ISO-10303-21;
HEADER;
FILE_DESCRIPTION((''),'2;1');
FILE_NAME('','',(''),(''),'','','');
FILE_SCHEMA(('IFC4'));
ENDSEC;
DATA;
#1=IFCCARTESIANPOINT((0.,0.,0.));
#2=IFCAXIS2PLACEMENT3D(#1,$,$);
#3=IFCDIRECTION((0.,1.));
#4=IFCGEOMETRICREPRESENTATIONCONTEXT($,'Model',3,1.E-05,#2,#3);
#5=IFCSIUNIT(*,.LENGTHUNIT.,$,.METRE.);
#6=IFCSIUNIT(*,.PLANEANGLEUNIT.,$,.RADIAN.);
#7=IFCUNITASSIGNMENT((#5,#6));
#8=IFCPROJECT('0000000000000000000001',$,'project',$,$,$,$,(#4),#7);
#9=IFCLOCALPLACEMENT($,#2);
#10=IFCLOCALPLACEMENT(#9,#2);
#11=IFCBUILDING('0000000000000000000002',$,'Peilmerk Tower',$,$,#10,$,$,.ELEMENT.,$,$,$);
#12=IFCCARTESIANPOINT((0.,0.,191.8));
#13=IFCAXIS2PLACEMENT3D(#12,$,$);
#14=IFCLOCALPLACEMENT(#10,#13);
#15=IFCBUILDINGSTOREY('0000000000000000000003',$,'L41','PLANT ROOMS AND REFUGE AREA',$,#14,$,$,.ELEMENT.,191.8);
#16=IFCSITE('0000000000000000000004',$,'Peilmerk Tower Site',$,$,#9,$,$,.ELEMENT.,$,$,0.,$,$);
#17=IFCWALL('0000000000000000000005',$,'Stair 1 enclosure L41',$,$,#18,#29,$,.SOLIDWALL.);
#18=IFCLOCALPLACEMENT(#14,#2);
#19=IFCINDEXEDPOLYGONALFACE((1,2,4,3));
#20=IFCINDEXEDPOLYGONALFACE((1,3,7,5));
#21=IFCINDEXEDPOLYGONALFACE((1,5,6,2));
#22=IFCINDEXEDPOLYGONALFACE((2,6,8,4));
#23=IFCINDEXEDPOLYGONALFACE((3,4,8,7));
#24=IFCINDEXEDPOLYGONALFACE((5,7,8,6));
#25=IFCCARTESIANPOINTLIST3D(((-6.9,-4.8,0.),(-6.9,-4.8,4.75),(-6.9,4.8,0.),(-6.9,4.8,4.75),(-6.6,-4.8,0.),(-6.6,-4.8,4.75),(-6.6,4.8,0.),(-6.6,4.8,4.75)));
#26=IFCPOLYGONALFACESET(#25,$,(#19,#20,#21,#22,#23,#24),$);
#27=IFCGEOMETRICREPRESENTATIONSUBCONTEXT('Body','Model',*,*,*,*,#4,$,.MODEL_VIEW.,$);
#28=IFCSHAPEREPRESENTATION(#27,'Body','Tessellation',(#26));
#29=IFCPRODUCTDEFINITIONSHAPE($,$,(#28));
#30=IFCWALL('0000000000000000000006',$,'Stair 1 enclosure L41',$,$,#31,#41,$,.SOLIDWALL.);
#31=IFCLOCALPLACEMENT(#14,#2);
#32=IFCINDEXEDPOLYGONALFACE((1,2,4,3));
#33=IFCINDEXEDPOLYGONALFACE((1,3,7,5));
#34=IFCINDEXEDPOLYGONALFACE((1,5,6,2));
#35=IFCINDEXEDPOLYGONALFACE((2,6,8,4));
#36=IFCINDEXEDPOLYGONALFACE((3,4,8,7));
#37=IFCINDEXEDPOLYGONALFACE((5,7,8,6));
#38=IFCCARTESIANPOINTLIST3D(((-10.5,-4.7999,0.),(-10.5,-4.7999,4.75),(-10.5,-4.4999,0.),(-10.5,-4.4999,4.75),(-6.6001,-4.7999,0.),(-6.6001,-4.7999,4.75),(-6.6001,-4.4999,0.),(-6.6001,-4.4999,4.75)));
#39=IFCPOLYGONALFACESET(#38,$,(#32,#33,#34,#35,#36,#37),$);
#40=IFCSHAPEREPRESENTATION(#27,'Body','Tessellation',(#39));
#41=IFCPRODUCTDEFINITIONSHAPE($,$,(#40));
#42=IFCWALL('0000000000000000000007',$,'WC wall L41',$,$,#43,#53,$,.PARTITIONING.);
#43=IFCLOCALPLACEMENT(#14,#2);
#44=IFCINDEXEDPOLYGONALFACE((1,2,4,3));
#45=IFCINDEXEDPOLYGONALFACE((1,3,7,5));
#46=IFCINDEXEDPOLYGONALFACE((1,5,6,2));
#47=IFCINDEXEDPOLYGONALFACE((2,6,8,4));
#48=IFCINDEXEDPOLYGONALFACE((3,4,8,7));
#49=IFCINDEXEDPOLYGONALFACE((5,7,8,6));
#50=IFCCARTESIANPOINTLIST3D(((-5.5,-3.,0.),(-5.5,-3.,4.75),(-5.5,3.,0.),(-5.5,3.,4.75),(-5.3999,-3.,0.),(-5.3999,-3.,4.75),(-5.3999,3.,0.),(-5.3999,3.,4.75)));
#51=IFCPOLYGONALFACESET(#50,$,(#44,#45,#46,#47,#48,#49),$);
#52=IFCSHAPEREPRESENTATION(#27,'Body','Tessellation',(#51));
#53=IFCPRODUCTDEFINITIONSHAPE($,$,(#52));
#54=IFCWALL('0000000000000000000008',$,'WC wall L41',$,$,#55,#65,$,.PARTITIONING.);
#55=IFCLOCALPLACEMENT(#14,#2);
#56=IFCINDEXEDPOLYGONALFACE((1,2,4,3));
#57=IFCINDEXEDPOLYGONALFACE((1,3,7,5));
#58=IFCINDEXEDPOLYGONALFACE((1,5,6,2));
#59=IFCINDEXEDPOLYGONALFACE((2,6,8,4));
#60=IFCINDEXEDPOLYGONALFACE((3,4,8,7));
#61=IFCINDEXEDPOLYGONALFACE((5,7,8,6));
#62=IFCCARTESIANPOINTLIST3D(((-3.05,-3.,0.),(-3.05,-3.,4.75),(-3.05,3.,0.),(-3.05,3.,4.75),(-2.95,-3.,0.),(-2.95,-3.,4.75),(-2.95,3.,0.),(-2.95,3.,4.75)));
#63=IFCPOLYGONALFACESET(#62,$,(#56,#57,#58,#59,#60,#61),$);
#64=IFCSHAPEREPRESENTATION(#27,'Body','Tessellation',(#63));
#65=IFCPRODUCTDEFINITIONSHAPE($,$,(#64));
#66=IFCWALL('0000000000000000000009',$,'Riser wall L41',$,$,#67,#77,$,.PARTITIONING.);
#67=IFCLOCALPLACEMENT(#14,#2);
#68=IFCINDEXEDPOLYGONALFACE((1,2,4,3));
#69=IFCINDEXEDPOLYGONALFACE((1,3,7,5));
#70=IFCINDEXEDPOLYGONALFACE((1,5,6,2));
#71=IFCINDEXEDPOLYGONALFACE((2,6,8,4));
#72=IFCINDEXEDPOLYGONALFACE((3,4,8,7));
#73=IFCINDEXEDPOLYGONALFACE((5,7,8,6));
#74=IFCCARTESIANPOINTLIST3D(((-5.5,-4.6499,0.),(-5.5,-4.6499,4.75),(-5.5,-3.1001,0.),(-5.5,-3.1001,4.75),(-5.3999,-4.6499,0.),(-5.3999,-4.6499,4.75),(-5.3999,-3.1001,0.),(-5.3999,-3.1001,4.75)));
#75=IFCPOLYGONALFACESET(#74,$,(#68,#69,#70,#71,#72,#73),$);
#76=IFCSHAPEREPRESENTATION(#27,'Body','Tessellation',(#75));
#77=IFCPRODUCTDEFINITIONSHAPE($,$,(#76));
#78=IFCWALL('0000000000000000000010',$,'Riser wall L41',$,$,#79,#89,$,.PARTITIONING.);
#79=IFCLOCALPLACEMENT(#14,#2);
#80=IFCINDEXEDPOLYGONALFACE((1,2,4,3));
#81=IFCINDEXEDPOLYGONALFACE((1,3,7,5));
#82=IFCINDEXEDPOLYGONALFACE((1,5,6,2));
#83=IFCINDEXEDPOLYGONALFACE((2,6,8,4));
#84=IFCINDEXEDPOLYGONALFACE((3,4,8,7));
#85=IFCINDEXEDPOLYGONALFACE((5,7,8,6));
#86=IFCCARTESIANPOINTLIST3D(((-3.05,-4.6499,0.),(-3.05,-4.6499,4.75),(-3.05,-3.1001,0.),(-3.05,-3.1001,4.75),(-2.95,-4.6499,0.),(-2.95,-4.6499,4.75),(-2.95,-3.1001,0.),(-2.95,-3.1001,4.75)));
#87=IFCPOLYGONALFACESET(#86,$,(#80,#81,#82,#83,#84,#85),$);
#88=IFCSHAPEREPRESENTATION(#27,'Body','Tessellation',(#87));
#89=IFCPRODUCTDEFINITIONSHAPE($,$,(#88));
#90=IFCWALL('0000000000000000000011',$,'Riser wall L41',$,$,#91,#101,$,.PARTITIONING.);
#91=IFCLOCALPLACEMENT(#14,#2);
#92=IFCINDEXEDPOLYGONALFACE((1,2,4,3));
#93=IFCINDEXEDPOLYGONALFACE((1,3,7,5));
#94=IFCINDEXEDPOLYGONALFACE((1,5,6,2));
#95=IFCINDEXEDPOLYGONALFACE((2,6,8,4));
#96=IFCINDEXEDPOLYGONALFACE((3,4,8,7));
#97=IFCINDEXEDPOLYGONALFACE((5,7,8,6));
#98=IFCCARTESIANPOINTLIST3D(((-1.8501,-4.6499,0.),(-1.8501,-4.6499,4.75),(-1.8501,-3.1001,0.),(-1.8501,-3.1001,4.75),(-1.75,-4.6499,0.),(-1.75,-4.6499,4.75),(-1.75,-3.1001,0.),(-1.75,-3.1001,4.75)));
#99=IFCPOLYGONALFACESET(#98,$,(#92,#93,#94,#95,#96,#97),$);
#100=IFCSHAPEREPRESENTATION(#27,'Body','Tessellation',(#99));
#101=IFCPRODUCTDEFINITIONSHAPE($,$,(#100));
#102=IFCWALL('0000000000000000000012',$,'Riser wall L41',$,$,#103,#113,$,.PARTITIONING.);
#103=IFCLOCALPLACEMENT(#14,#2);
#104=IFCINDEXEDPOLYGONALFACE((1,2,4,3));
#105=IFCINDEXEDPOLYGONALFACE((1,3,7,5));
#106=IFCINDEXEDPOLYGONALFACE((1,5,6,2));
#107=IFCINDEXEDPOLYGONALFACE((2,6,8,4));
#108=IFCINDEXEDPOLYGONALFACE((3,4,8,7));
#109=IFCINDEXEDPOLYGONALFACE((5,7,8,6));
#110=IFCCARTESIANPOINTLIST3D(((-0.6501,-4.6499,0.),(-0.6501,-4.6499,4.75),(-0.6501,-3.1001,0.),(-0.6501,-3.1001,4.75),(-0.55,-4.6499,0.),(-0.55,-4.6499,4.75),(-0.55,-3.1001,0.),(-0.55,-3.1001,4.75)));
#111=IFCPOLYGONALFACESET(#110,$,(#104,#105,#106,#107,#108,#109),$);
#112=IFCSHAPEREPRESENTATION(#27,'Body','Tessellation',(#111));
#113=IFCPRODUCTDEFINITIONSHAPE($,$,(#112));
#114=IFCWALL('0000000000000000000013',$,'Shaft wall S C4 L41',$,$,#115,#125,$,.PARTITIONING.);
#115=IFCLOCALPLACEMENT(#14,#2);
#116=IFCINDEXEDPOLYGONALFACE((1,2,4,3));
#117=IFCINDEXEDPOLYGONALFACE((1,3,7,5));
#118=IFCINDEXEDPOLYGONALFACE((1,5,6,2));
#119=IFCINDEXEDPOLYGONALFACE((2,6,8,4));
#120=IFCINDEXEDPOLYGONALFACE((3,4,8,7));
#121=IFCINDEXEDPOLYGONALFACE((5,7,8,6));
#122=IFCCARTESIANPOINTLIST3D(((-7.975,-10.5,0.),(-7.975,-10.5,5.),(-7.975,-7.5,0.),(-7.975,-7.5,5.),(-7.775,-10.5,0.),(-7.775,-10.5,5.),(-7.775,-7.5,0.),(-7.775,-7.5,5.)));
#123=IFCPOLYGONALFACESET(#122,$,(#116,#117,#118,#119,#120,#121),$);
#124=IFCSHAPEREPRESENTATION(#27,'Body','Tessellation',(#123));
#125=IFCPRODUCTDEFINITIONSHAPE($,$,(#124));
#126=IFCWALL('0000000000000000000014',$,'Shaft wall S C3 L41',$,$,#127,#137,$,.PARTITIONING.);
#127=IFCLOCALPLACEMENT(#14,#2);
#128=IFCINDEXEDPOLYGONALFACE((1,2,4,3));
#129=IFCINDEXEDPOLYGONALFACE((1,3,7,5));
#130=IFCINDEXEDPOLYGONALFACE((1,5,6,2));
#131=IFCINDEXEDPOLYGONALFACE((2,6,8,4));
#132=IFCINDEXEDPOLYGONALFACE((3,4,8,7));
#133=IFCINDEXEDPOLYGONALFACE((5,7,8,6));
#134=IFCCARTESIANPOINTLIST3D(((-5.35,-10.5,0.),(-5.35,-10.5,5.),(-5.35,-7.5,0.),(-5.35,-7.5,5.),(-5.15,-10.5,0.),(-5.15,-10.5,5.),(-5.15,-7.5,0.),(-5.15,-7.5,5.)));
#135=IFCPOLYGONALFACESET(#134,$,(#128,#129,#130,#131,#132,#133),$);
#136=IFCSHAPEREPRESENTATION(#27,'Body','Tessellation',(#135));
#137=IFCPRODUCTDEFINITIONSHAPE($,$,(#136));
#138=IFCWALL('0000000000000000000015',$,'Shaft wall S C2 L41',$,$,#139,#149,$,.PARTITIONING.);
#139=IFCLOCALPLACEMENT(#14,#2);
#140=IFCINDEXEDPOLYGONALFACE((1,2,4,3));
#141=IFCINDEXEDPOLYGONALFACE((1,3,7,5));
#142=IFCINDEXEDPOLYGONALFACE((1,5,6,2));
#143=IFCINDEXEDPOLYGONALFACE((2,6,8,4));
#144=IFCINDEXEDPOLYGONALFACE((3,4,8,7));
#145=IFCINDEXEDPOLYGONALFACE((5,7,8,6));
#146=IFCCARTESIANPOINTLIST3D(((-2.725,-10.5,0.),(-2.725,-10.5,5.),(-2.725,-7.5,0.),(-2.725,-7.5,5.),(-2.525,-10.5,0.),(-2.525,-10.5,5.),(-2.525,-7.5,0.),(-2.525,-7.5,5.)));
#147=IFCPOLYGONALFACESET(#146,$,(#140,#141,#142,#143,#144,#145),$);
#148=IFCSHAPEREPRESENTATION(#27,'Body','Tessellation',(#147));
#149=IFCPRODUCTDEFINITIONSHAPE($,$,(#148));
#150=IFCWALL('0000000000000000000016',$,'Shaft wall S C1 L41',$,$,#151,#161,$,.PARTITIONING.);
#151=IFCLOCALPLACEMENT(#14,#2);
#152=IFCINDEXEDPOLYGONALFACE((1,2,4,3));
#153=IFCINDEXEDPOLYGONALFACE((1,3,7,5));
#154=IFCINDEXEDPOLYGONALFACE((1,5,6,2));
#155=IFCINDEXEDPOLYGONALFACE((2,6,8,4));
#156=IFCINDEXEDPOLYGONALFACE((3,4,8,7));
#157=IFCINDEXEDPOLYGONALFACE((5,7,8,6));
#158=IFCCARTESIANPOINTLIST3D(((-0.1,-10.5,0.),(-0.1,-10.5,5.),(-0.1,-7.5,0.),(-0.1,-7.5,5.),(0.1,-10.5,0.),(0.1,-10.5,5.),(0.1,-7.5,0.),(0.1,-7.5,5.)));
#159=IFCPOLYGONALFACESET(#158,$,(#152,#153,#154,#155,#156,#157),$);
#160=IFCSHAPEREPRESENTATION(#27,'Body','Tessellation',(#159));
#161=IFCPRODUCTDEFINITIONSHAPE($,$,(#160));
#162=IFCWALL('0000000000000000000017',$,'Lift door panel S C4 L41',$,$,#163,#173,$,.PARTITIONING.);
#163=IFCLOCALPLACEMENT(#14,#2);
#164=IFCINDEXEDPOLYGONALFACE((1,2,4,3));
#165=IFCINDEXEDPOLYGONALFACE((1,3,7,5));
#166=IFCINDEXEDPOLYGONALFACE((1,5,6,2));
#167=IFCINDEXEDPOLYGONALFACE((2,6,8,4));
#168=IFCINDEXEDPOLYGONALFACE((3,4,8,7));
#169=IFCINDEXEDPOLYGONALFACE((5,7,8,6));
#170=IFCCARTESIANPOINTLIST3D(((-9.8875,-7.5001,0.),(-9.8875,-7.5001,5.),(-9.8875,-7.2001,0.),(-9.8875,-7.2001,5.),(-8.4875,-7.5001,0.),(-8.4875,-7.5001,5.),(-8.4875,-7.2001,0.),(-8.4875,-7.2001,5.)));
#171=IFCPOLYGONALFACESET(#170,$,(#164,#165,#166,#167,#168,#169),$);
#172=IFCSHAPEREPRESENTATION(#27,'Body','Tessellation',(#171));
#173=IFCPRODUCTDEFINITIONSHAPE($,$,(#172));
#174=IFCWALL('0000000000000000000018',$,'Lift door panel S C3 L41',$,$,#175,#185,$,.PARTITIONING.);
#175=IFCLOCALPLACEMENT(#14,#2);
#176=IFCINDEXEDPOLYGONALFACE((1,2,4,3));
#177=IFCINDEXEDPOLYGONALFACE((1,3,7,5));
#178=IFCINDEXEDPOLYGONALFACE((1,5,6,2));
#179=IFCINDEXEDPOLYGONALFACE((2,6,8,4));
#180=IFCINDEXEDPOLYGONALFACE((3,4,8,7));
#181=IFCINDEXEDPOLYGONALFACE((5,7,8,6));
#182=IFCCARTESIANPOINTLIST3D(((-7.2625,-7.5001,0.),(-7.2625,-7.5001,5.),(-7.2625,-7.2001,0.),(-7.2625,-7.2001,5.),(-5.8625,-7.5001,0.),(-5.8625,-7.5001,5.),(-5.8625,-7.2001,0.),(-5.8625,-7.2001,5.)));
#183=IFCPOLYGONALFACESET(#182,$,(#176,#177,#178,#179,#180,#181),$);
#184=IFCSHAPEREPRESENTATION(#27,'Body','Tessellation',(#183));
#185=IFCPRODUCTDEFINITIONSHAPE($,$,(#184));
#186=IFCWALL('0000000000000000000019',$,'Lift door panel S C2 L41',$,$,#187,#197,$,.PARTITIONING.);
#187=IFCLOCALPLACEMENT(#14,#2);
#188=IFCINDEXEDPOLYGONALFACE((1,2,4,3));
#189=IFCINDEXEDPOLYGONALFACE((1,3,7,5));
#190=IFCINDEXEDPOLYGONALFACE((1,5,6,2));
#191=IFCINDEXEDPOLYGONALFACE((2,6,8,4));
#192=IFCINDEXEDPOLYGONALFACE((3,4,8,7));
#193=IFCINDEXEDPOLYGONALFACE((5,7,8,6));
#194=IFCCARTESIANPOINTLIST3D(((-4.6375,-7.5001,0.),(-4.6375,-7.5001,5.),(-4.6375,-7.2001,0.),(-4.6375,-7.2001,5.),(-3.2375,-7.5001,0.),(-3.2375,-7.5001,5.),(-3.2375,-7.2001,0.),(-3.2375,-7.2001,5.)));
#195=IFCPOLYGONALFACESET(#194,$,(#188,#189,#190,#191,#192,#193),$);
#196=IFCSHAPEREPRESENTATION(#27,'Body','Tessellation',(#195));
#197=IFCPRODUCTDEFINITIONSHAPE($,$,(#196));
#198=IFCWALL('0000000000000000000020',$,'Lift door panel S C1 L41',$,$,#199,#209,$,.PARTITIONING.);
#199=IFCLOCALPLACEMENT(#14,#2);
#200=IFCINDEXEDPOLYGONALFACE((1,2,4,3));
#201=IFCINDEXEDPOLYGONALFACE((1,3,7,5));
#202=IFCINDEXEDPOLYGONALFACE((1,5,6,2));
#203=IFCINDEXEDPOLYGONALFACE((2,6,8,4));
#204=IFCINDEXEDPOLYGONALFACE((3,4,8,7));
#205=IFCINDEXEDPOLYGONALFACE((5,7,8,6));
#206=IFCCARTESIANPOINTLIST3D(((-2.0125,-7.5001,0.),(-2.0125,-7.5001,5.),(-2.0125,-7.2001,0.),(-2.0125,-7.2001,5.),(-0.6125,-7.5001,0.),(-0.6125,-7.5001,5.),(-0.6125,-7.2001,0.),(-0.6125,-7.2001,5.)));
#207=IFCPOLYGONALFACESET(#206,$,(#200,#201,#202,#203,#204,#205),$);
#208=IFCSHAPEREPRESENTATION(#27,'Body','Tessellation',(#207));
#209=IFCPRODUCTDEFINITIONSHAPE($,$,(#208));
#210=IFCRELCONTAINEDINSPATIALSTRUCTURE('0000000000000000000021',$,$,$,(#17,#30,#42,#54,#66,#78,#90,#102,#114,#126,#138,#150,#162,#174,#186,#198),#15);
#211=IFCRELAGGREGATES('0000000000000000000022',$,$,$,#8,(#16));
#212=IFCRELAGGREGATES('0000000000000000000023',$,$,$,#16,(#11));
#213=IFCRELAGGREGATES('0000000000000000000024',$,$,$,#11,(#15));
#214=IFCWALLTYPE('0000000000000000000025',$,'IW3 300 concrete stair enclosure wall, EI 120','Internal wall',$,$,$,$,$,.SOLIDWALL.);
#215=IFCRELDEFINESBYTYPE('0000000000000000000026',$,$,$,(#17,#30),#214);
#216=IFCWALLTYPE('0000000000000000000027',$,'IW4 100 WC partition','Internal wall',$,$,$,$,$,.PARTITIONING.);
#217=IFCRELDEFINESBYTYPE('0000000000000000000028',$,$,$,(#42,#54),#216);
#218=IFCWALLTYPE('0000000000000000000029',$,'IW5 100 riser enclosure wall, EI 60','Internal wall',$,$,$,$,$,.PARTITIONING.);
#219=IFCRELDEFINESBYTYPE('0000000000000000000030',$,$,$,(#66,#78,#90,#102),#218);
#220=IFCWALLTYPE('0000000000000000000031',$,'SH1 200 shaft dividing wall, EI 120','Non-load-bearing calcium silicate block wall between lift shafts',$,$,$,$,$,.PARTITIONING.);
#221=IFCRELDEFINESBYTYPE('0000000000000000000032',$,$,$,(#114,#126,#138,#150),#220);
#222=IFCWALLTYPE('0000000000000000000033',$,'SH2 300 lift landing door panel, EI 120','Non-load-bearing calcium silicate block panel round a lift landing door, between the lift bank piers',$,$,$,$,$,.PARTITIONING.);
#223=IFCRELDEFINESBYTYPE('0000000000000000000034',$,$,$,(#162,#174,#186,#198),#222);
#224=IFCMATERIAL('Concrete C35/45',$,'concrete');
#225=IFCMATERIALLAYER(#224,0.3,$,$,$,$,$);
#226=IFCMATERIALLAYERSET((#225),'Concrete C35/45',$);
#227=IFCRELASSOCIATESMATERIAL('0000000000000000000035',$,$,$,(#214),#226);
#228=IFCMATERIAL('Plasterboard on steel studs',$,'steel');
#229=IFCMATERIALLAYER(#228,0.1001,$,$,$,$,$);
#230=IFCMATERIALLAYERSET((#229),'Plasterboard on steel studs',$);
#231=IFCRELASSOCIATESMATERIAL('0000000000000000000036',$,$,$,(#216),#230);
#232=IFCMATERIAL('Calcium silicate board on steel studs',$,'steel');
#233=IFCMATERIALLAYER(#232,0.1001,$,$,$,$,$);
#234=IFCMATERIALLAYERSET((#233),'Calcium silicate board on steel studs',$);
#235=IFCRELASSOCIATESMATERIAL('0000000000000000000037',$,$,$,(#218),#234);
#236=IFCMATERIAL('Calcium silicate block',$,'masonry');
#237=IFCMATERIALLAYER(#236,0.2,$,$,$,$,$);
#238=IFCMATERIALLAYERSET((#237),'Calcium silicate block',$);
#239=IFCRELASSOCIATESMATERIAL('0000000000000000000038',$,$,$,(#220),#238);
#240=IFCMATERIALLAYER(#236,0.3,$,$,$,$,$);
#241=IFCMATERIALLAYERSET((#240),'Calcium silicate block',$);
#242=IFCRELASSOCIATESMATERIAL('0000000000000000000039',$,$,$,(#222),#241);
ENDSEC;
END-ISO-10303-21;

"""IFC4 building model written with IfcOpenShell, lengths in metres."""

from ifc_helpers import new_model, si_unit, direction, frame, frame_2d, origin, place, context, subcontext, project, spatial, rectangle, extrude, material, layer, layer_set, type_object, element, save


model = new_model("IFC4")

# Units and contexts
model_context = context("Model", 3, precision=1e-05, world=origin(), true_north=direction((0.0, 1.0)))
body_context = subcontext(model_context, "Body", "Model", "MODEL_VIEW")
ifc_project = project(units=[si_unit("LENGTHUNIT", "METRE"), si_unit("PLANEANGLEUNIT", "RADIAN")], contexts=[model_context])

# Site, building, storey
site_placement = place(None, origin())
site = spatial("IfcSite", under=ifc_project, at=site_placement, Name="Peilmerk Tower Site", CompositionType="ELEMENT", RefElevation=0.0)
building_placement = place(site_placement, origin())
building = spatial("IfcBuilding", under=site, at=building_placement, Name="Peilmerk Tower", CompositionType="ELEMENT")
storey_placement = place(building_placement, frame((0.0, 0.0, 191.8)))
storey = spatial("IfcBuildingStorey", under=building, at=storey_placement, Name="L41", Description="PLANT ROOMS AND REFUGE AREA", CompositionType="ELEMENT", Elevation=191.8)

# Walls
ifc_material_1 = material(Name="Concrete C35/45", Category="concrete")
ifc_layer_1 = layer(ifc_material_1, 0.3)
ifc_layer_set_1 = layer_set([ifc_layer_1], Name="Concrete C35/45")
wall_type_1 = type_object("IfcWallType", Name="IW3 300 concrete stair enclosure wall, EI 120", Description="Internal wall", PredefinedType="SOLIDWALL", material=ifc_layer_set_1)
wall_1_placement = place(storey_placement, frame((-6.75, -4.8, 0.0), z_axis=(0.0, 0.0, 1.0), x_axis=(0.0, 1.0, 0.0)))
element("IfcWall", 1, at=wall_1_placement, inside=storey, type_object=wall_type_1, Name="Stair 1 enclosure L41", PredefinedType="SOLIDWALL", context=body_context, shape_type="SweptSolid", body=[
    extrude(rectangle(XDim=9.6001, YDim=0.3, at=frame_2d((4.8, 0.0))), origin(), (0.0, 0.0, 1.0), 4.75),
])
wall_2_placement = place(storey_placement, frame((-6.6001, -4.6499, 0.0), z_axis=(0.0, 0.0, 1.0), x_axis=(-1.0, 0.0, 0.0)))
element("IfcWall", 2, at=wall_2_placement, inside=storey, type_object=wall_type_1, Name="Stair 1 enclosure L41", PredefinedType="SOLIDWALL", context=body_context, shape_type="SweptSolid", body=[
    extrude(rectangle(XDim=3.8999, YDim=0.3, at=frame_2d((1.95, 0.0))), origin(), (0.0, 0.0, 1.0), 4.75),
])
ifc_material_2 = material(Name="Plasterboard on steel studs", Category="steel")
ifc_layer_2 = layer(ifc_material_2, 0.1001)
ifc_layer_set_2 = layer_set([ifc_layer_2], Name="Plasterboard on steel studs")
wall_type_2 = type_object("IfcWallType", Name="IW4 100 WC partition", Description="Internal wall", PredefinedType="PARTITIONING", material=ifc_layer_set_2)
for number, where, z_axis, x_axis, name in (
    (3, (-5.45, -3.0, 0.0), (0.0, 0.0, 1.0), (0.0, 1.0, 0.0), "WC wall L41"),
    (4, (-3.0, -3.0, 0.0), (0.0, 0.0, 1.0), (0.0, 1.0, 0.0), "WC wall L41"),
):
    element("IfcWall", number, at=place(storey_placement, frame(where, z_axis=z_axis, x_axis=x_axis)), inside=storey, type_object=wall_type_2, Name=name, PredefinedType="PARTITIONING", context=body_context, shape_type="SweptSolid", body=[
        extrude(rectangle(XDim=6.0, YDim=0.1001, at=frame_2d((3.0, 0.0))), origin(), (0.0, 0.0, 1.0), 4.75),
    ])
ifc_material_3 = material(Name="Calcium silicate board on steel studs", Category="steel")
ifc_layer_3 = layer(ifc_material_3, 0.1001)
ifc_layer_set_3 = layer_set([ifc_layer_3], Name="Calcium silicate board on steel studs")
wall_type_3 = type_object("IfcWallType", Name="IW5 100 riser enclosure wall, EI 60", Description="Internal wall", PredefinedType="PARTITIONING", material=ifc_layer_set_3)
for number, where, z_axis, x_axis, name in (
    (5, (-5.45, -3.1001, 0.0), (0.0, 0.0, 1.0), (0.0, -1.0, 0.0), "Riser wall L41"),
    (6, (-3.0, -3.1001, 0.0), (0.0, 0.0, 1.0), (0.0, -1.0, 0.0), "Riser wall L41"),
    (7, (-1.8, -3.1001, 0.0), (0.0, 0.0, 1.0), (0.0, -1.0, 0.0), "Riser wall L41"),
    (8, (-0.6001, -3.1001, 0.0), (0.0, 0.0, 1.0), (0.0, -1.0, 0.0), "Riser wall L41"),
):
    element("IfcWall", number, at=place(storey_placement, frame(where, z_axis=z_axis, x_axis=x_axis)), inside=storey, type_object=wall_type_3, Name=name, PredefinedType="PARTITIONING", context=body_context, shape_type="SweptSolid", body=[
        extrude(rectangle(XDim=1.5498, YDim=0.1001, at=frame_2d((0.7749, 0.0))), origin(), (0.0, 0.0, 1.0), 4.75),
    ])
ifc_material_4 = material(Name="Calcium silicate block", Category="masonry")
ifc_layer_4 = layer(ifc_material_4, 0.2)
ifc_layer_set_4 = layer_set([ifc_layer_4], Name="Calcium silicate block")
wall_type_4 = type_object("IfcWallType", Name="SH1 200 shaft dividing wall, EI 120", Description="Non-load-bearing calcium silicate block wall between lift shafts", PredefinedType="PARTITIONING", material=ifc_layer_set_4)
for number, where, z_axis, x_axis, name in (
    (9, (-7.875, -10.5, 0.0), (0.0, 0.0, 1.0), (0.0, 1.0, 0.0), "Shaft wall S C4 L41"),
    (10, (-5.25, -10.5, 0.0), (0.0, 0.0, 1.0), (0.0, 1.0, 0.0), "Shaft wall S C3 L41"),
    (11, (-2.625, -10.5, 0.0), (0.0, 0.0, 1.0), (0.0, 1.0, 0.0), "Shaft wall S C2 L41"),
    (12, (0.0, -10.5, 0.0), (0.0, 0.0, 1.0), (0.0, 1.0, 0.0), "Shaft wall S C1 L41"),
):
    element("IfcWall", number, at=place(storey_placement, frame(where, z_axis=z_axis, x_axis=x_axis)), inside=storey, type_object=wall_type_4, Name=name, PredefinedType="PARTITIONING", context=body_context, shape_type="SweptSolid", body=[
        extrude(rectangle(XDim=3.0, YDim=0.2, at=frame_2d((1.5, 0.0))), origin(), (0.0, 0.0, 1.0), 5.0),
    ])
ifc_layer_5 = layer(ifc_material_4, 0.3)
ifc_layer_set_5 = layer_set([ifc_layer_5], Name="Calcium silicate block")
wall_type_5 = type_object("IfcWallType", Name="SH2 300 lift landing door panel, EI 120", Description="Non-load-bearing calcium silicate block panel round a lift landing door, between the lift bank piers", PredefinedType="PARTITIONING", material=ifc_layer_set_5)
for number, where, z_axis, x_axis, name in (
    (13, (-9.8875, -7.3501, 0.0), (0.0, 0.0, 1.0), (1.0, 0.0, 0.0), "Lift door panel S C4 L41"),
    (14, (-7.2625, -7.3501, 0.0), (0.0, 0.0, 1.0), (1.0, 0.0, 0.0), "Lift door panel S C3 L41"),
    (15, (-4.6375, -7.3501, 0.0), (0.0, 0.0, 1.0), (1.0, 0.0, 0.0), "Lift door panel S C2 L41"),
    (16, (-2.0125, -7.3501, 0.0), (0.0, 0.0, 1.0), (1.0, 0.0, 0.0), "Lift door panel S C1 L41"),
):
    element("IfcWall", number, at=place(storey_placement, frame(where, z_axis=z_axis, x_axis=x_axis)), inside=storey, type_object=wall_type_5, Name=name, PredefinedType="PARTITIONING", context=body_context, shape_type="SweptSolid", body=[
        extrude(rectangle(XDim=1.3999, YDim=0.3, at=frame_2d((0.7, 0.0))), origin(), (0.0, 0.0, 1.0), 5.0),
    ])

save(model, "model.ifc")
